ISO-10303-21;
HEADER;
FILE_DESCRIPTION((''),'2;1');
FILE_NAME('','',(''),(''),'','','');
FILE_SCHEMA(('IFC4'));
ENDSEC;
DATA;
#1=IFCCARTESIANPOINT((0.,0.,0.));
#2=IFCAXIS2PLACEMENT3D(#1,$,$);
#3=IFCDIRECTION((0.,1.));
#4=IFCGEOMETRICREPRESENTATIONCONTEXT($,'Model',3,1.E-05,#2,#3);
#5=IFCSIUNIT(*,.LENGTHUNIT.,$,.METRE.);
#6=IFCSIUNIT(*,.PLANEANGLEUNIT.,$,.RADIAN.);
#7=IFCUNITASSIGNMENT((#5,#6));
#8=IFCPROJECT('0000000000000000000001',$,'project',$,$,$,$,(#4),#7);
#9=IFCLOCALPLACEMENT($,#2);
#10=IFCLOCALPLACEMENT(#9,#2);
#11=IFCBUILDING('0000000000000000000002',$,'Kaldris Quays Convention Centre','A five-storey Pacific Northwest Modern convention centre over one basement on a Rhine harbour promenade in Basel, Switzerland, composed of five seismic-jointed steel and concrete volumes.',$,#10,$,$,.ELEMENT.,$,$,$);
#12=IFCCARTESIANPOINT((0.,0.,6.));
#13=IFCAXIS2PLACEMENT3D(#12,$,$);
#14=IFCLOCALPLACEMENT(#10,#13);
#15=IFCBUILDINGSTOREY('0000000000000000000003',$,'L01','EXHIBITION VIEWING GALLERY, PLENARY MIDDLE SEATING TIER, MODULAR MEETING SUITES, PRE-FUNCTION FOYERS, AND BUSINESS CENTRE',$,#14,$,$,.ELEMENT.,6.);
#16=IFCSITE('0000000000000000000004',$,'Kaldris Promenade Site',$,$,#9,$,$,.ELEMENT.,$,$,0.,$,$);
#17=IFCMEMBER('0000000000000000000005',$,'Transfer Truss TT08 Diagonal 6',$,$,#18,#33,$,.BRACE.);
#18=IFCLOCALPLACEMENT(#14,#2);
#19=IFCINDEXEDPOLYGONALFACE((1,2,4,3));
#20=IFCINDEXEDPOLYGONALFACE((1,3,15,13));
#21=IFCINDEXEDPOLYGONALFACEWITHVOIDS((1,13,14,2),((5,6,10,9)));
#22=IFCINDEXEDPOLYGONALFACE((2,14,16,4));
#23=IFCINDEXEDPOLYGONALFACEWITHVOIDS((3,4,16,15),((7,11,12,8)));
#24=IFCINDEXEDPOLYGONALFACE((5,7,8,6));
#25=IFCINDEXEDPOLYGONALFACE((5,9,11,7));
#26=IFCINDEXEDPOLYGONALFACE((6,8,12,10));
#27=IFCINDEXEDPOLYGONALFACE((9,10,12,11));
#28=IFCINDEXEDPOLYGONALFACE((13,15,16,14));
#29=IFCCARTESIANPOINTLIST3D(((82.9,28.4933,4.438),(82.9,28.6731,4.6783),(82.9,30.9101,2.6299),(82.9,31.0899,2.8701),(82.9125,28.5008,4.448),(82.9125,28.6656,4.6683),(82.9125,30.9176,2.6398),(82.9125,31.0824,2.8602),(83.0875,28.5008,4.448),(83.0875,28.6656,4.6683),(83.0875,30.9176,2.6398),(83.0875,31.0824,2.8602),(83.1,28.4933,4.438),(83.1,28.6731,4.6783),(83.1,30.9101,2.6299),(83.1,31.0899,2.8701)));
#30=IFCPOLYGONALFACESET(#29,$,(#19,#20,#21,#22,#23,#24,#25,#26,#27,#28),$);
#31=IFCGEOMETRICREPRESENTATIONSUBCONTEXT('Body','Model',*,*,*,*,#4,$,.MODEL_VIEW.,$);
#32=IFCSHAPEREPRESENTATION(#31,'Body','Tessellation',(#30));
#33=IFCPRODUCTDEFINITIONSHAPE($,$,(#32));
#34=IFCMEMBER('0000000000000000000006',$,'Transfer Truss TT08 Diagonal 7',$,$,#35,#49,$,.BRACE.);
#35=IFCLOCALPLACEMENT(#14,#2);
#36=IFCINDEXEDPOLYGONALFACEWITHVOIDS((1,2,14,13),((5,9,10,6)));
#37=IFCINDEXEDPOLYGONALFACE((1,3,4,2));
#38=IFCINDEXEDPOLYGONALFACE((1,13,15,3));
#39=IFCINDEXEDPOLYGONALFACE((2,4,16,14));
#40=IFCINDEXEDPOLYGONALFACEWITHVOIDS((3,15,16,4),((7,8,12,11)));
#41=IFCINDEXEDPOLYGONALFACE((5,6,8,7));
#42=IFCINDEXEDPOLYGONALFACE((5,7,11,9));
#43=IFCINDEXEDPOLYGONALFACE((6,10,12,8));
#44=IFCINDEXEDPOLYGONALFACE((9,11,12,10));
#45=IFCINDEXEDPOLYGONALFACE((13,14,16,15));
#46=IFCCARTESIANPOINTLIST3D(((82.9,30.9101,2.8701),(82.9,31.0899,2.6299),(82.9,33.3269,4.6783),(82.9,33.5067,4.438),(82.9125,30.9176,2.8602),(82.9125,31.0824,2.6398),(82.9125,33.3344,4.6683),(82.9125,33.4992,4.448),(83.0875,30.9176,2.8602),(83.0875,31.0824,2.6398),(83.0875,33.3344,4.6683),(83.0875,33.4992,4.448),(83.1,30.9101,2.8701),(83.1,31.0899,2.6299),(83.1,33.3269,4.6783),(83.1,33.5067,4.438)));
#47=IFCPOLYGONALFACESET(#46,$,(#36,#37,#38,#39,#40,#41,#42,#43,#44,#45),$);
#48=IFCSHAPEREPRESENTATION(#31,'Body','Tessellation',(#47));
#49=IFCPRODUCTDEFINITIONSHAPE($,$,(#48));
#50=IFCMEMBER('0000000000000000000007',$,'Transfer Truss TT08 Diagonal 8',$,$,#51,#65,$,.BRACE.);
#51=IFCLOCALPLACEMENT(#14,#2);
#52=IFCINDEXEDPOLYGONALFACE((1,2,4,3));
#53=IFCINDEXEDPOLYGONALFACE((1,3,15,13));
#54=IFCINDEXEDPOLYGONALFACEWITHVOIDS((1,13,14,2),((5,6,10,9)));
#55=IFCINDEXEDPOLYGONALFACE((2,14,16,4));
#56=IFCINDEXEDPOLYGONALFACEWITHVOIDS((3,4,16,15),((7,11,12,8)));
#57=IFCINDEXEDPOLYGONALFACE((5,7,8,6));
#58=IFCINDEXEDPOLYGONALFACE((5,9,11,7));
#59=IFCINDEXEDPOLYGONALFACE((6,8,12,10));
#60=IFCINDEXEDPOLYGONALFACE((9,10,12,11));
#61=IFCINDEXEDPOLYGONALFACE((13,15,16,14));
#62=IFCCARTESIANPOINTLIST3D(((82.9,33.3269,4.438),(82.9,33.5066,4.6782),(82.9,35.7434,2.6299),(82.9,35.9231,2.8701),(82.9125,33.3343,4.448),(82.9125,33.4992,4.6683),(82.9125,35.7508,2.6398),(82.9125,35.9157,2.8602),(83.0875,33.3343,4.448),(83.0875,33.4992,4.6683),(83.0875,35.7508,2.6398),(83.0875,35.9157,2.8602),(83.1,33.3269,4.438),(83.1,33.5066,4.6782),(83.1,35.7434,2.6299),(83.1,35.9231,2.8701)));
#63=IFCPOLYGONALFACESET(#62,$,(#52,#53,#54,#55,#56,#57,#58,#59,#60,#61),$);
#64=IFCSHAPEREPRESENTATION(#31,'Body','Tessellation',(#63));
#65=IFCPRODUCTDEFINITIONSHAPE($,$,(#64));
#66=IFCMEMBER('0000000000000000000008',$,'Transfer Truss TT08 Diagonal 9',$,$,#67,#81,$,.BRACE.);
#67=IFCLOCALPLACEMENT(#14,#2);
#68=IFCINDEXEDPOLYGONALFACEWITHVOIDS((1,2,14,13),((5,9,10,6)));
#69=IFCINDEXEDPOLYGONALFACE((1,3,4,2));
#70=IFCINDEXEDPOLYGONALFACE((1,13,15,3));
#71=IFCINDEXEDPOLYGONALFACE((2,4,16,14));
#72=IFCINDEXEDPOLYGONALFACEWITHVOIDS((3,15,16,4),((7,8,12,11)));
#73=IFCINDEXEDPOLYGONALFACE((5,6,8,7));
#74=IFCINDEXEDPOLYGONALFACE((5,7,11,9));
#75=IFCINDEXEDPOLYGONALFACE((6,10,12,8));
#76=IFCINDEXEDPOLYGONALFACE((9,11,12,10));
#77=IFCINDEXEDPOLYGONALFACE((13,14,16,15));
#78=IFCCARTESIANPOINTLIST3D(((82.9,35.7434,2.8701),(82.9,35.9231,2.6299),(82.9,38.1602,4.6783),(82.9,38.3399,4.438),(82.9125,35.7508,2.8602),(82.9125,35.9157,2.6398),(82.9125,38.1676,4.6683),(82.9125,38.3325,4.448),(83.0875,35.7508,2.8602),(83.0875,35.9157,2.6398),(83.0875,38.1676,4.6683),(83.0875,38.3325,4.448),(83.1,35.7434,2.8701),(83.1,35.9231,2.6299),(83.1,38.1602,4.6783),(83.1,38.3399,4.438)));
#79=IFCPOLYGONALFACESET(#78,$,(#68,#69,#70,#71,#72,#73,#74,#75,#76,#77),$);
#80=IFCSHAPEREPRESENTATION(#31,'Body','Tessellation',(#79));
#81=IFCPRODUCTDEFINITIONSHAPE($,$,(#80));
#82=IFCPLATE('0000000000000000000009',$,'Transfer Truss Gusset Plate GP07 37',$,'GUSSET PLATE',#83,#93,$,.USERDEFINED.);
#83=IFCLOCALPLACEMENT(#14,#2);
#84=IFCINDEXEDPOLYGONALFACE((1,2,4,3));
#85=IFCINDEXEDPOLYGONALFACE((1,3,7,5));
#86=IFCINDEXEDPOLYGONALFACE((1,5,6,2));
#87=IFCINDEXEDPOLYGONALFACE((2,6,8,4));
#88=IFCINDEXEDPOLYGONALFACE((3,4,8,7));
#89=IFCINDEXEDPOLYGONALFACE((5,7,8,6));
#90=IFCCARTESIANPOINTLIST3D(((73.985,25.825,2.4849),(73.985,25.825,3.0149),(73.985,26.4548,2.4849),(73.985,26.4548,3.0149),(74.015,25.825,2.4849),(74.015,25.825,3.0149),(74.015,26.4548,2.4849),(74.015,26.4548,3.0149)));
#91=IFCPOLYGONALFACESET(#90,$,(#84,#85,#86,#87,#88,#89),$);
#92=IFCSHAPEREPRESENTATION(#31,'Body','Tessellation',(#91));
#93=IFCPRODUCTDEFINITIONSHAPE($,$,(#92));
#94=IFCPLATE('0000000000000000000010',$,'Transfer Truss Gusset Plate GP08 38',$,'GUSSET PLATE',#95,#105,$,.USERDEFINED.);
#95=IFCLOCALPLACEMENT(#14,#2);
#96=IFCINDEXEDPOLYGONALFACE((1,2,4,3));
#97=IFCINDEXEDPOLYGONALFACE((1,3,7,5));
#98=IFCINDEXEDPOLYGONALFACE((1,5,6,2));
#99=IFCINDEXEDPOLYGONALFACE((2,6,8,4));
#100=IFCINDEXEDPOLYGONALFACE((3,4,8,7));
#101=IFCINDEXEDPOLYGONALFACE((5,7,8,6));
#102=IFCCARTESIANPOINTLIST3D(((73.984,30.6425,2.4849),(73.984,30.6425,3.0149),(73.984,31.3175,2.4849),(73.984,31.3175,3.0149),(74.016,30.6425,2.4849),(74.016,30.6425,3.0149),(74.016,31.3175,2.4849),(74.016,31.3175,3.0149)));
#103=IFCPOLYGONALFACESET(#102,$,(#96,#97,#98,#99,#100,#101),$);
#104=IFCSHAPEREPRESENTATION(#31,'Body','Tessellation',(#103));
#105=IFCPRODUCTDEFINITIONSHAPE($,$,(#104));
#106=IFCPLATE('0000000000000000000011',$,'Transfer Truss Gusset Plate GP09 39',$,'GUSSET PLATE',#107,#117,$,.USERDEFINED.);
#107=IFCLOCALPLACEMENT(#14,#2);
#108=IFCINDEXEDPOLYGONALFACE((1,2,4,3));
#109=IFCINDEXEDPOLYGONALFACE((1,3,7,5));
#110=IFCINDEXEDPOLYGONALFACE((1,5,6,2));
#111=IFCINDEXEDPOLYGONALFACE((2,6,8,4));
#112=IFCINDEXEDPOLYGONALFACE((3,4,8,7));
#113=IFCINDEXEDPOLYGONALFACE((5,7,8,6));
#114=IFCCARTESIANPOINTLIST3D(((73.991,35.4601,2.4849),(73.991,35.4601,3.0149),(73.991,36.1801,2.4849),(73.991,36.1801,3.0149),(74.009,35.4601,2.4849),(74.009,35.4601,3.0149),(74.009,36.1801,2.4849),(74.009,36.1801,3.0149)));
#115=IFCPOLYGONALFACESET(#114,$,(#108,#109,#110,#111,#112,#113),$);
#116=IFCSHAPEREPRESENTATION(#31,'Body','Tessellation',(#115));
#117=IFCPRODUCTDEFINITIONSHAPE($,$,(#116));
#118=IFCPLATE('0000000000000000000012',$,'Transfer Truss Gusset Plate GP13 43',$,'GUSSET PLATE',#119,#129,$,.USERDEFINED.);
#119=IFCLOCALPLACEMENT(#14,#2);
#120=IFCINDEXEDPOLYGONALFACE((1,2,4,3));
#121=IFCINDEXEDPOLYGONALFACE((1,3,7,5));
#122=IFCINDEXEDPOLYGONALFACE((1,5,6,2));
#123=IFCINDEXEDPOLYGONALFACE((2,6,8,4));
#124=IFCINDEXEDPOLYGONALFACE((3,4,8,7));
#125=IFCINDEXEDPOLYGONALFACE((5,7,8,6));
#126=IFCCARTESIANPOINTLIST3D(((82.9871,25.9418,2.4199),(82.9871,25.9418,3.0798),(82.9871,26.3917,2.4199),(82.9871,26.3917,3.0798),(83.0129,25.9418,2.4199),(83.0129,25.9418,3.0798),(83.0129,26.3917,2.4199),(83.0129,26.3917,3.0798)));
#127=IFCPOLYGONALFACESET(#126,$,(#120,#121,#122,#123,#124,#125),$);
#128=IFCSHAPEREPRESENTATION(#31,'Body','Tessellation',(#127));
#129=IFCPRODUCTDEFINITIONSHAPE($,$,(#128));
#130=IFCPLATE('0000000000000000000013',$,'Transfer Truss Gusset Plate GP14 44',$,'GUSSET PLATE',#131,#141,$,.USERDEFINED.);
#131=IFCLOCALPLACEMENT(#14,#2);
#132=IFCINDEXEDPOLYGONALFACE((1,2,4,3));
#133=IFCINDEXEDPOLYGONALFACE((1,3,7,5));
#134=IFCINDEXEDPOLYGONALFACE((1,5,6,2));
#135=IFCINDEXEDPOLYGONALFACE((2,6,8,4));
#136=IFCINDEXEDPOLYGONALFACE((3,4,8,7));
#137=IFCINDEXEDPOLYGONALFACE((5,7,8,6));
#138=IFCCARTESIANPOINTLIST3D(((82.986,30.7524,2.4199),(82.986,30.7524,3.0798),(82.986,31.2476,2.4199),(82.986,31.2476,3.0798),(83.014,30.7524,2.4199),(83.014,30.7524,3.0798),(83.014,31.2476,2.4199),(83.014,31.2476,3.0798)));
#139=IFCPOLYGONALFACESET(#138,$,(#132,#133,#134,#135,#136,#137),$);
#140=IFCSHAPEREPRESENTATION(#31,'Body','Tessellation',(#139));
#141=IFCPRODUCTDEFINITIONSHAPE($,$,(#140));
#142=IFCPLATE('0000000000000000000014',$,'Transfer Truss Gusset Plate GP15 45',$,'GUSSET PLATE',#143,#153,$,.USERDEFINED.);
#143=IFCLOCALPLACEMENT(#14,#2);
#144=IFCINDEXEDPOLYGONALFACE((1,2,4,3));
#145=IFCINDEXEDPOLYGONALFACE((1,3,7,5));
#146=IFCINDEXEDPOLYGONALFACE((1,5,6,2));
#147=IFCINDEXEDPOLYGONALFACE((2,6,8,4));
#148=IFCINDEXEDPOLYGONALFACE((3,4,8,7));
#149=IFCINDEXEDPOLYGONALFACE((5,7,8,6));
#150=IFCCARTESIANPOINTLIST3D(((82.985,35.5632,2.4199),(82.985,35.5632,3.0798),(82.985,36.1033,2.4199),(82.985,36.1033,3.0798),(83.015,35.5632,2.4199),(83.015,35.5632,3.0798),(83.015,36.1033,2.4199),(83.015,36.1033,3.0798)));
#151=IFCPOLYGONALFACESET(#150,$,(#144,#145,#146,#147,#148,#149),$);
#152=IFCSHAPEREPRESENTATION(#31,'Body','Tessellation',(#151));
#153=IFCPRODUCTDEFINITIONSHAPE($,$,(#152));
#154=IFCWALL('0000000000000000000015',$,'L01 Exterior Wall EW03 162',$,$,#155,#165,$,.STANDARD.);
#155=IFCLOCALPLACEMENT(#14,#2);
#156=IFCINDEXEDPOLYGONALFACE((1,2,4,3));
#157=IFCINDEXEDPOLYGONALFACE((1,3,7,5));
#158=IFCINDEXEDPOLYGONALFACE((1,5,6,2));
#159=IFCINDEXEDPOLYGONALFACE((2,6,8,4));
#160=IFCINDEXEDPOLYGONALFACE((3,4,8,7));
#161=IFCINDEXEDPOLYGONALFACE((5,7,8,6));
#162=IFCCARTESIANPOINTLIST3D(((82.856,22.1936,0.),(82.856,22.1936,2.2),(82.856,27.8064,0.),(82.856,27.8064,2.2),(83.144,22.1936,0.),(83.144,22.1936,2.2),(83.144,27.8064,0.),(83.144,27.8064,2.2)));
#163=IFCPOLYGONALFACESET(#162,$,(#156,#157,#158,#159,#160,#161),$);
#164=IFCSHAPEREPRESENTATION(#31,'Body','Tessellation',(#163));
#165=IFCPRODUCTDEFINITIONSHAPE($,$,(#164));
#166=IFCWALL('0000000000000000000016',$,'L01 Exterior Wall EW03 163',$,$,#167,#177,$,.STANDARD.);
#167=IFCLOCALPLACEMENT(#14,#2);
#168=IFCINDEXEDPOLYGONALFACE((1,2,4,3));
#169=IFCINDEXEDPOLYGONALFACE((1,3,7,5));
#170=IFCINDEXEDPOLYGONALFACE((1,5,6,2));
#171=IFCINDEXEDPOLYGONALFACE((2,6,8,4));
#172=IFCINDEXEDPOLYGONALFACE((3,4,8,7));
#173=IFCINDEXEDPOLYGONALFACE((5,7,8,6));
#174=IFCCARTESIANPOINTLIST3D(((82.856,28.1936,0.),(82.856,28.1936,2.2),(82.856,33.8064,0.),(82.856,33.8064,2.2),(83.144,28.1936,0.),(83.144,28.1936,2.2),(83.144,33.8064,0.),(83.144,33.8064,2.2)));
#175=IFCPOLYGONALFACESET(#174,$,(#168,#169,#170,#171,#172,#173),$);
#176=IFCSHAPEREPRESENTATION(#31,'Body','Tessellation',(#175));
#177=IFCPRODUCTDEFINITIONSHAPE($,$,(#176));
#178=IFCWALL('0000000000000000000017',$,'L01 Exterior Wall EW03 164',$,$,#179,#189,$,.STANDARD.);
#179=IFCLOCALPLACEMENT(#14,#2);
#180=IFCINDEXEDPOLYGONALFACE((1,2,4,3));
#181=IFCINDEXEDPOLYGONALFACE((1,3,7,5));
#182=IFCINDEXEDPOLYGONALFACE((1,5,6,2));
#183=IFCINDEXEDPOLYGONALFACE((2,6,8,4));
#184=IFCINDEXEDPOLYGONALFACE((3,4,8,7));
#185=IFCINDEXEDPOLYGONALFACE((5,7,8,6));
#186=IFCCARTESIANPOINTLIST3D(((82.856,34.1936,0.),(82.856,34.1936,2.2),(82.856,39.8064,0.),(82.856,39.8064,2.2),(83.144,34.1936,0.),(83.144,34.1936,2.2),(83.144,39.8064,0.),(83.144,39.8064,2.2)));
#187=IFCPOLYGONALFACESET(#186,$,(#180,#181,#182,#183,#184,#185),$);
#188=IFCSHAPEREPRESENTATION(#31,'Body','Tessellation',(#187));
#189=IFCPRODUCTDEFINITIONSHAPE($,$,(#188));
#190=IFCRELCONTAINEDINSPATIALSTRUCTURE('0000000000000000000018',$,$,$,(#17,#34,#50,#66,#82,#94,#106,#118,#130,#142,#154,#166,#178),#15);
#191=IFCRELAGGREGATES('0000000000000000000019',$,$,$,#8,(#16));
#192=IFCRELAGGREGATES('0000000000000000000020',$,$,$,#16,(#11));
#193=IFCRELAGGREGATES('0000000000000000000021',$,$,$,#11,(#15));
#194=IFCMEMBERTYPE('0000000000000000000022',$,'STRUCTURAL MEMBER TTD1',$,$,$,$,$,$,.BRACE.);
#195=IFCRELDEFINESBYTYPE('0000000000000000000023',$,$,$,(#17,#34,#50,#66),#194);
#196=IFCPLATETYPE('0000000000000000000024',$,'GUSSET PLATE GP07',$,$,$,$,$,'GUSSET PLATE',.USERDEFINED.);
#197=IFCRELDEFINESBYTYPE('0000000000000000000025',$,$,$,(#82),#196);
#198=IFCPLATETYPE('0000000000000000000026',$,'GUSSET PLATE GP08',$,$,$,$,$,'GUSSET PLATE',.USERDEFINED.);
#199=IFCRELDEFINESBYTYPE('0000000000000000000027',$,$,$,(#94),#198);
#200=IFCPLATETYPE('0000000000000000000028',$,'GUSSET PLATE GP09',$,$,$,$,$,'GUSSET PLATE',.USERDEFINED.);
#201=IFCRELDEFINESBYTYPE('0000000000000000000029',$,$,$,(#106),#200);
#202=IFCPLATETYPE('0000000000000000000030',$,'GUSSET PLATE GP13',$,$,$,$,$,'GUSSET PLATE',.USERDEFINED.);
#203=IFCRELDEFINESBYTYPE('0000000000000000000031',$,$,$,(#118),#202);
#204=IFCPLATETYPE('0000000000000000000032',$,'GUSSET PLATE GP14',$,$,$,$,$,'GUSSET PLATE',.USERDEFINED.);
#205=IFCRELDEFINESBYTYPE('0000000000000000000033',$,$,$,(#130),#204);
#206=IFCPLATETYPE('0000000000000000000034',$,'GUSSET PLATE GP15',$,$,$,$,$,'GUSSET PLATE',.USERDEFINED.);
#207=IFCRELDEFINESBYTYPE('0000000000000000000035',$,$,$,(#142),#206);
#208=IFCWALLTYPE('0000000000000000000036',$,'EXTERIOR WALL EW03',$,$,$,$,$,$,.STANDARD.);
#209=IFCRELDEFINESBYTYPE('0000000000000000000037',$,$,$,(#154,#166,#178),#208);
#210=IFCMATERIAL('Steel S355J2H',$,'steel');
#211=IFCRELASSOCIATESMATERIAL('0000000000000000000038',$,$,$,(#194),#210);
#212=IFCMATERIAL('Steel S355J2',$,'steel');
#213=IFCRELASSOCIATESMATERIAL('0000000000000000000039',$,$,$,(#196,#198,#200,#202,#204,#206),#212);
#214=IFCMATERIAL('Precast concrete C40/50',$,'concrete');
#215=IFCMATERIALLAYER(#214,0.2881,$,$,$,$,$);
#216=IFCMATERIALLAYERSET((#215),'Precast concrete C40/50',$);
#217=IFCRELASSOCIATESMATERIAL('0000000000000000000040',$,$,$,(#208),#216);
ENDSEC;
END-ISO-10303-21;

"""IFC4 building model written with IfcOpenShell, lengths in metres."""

from ifc_helpers import new_model, si_unit, direction, frame, frame_2d, origin, origin_2d, place, context, subcontext, project, spatial, rectangle, hollow_rectangle, extrude, material, layer, layer_set, material_profile, profile_set, type_object, element, save


model = new_model("IFC4")

# Units and contexts
model_context = context("Model", 3, precision=1e-05, world=origin(), true_north=direction((0.0, 1.0)))
body_context = subcontext(model_context, "Body", "Model", "MODEL_VIEW")
ifc_project = project(units=[si_unit("LENGTHUNIT", "METRE"), si_unit("PLANEANGLEUNIT", "RADIAN")], contexts=[model_context])

# Site, building, storey
site_placement = place(None, origin())
site = spatial("IfcSite", under=ifc_project, at=site_placement, Name="Kaldris Promenade Site", CompositionType="ELEMENT", RefElevation=0.0)
building_placement = place(site_placement, origin())
building = spatial("IfcBuilding", under=site, at=building_placement, Name="Kaldris Quays Convention Centre", Description="A five-storey Pacific Northwest Modern convention centre over one basement on a Rhine harbour promenade in Basel, Switzerland, composed of five seismic-jointed steel and concrete volumes.", CompositionType="ELEMENT")
storey_placement = place(building_placement, frame((0.0, 0.0, 6.0)))
storey = spatial("IfcBuildingStorey", under=building, at=storey_placement, Name="L01", Description="EXHIBITION VIEWING GALLERY, PLENARY MIDDLE SEATING TIER, MODULAR MEETING SUITES, PRE-FUNCTION FOYERS, AND BUSINESS CENTRE", CompositionType="ELEMENT", Elevation=6.0)

# Shared definitions
ifc_material_1 = material(Name="Steel S355J2", Category="steel")

# Members
ifc_material_2 = material(Name="Steel S355J2H", Category="steel")
ifc_material_profile_1 = material_profile(ifc_material_2, hollow_rectangle(XDim=0.2, YDim=0.3, WallThickness=0.0125, at=origin_2d()), Name="RHS 300x200x12.5")
ifc_profile_set_1 = profile_set([ifc_material_profile_1], Name="Steel S355J2H")
member_type = type_object("IfcMemberType", Name="STRUCTURAL MEMBER TTD1", PredefinedType="BRACE", material=ifc_profile_set_1)
for number, where, z_axis, x_axis, name in (
    (1, (83.0, 31.0, 2.75), (0.0, -0.800708, 0.599055), (1.0, 0.0, 0.0), "Transfer Truss TT08 Diagonal 6"),
    (2, (83.0, 31.0, 2.75), (0.0, 0.800708, 0.599055), (-1.0, 0.0, 0.0), "Transfer Truss TT08 Diagonal 7"),
):
    element("IfcMember", number, at=place(storey_placement, frame(where, z_axis=z_axis, x_axis=x_axis)), inside=storey, type_object=member_type, Name=name, PredefinedType="BRACE", context=body_context, shape_type="SweptSolid", body=[
        extrude(hollow_rectangle(XDim=0.2, YDim=0.3, WallThickness=0.0125, at=origin_2d()), origin(), (0.0, 0.0, 1.0), 3.0183),
    ])
member_1_placement = place(storey_placement, frame((83.0, 35.8333, 2.75), z_axis=(0.0, -0.800679, 0.599094), x_axis=(1.0, 0.0, 0.0)))
element("IfcMember", 3, at=member_1_placement, inside=storey, type_object=member_type, Name="Transfer Truss TT08 Diagonal 8", PredefinedType="BRACE", context=body_context, shape_type="SweptSolid", body=[
    extrude(hollow_rectangle(XDim=0.2, YDim=0.3, WallThickness=0.0125, at=origin_2d()), origin(), (0.0, 0.0, 1.0), 3.0181),
])
member_2_placement = place(storey_placement, frame((83.0, 35.8333, 2.75), z_axis=(0.0, 0.800708, 0.599055), x_axis=(-1.0, 0.0, 0.0)))
element("IfcMember", 4, at=member_2_placement, inside=storey, type_object=member_type, Name="Transfer Truss TT08 Diagonal 9", PredefinedType="BRACE", context=body_context, shape_type="SweptSolid", body=[
    extrude(hollow_rectangle(XDim=0.2, YDim=0.3, WallThickness=0.0125, at=origin_2d()), origin(), (0.0, 0.0, 1.0), 3.0183),
])

# Plates
plate_type_1 = type_object("IfcPlateType", Name="GUSSET PLATE GP07", ElementType="GUSSET PLATE", PredefinedType="USERDEFINED", material=ifc_material_1)
plate_1_placement = place(storey_placement, frame((74.0, 26.1399, 2.4849), z_axis=(0.0, 0.0, 1.0), x_axis=(1.0, 0.0, 0.0)))
element("IfcPlate", 5, at=plate_1_placement, inside=storey, type_object=plate_type_1, Name="Transfer Truss Gusset Plate GP07 37", ObjectType="GUSSET PLATE", PredefinedType="USERDEFINED", context=body_context, shape_type="SweptSolid", body=[
    extrude(rectangle(XDim=0.03, YDim=0.6299, at=origin_2d()), origin(), (0.0, 0.0, 1.0), 0.53),
])
plate_type_2 = type_object("IfcPlateType", Name="GUSSET PLATE GP08", ElementType="GUSSET PLATE", PredefinedType="USERDEFINED", material=ifc_material_1)
plate_2_placement = place(storey_placement, frame((74.0, 30.98, 2.4849), z_axis=(0.0, 0.0, 1.0), x_axis=(1.0, 0.0, 0.0)))
element("IfcPlate", 6, at=plate_2_placement, inside=storey, type_object=plate_type_2, Name="Transfer Truss Gusset Plate GP08 38", ObjectType="GUSSET PLATE", PredefinedType="USERDEFINED", context=body_context, shape_type="SweptSolid", body=[
    extrude(rectangle(XDim=0.032, YDim=0.675, at=origin_2d()), origin(), (0.0, 0.0, 1.0), 0.53),
])
plate_type_3 = type_object("IfcPlateType", Name="GUSSET PLATE GP09", ElementType="GUSSET PLATE", PredefinedType="USERDEFINED", material=ifc_material_1)
plate_3_placement = place(storey_placement, frame((74.0, 35.8201, 2.4849), z_axis=(0.0, 0.0, 1.0), x_axis=(1.0, 0.0, 0.0)))
element("IfcPlate", 7, at=plate_3_placement, inside=storey, type_object=plate_type_3, Name="Transfer Truss Gusset Plate GP09 39", ObjectType="GUSSET PLATE", PredefinedType="USERDEFINED", context=body_context, shape_type="SweptSolid", body=[
    extrude(rectangle(XDim=0.0181, YDim=0.72, at=origin_2d()), origin(), (0.0, 0.0, 1.0), 0.53),
])
plate_type_4 = type_object("IfcPlateType", Name="GUSSET PLATE GP13", ElementType="GUSSET PLATE", PredefinedType="USERDEFINED", material=ifc_material_1)
plate_4_placement = place(storey_placement, frame((83.0, 26.1667, 2.4199), z_axis=(0.0, 0.0, 1.0), x_axis=(1.0, 0.0, 0.0)))
element("IfcPlate", 8, at=plate_4_placement, inside=storey, type_object=plate_type_4, Name="Transfer Truss Gusset Plate GP13 43", ObjectType="GUSSET PLATE", PredefinedType="USERDEFINED", context=body_context, shape_type="SweptSolid", body=[
    extrude(rectangle(XDim=0.0259, YDim=0.45, at=origin_2d()), origin(), (0.0, 0.0, 1.0), 0.6599),
])
plate_type_5 = type_object("IfcPlateType", Name="GUSSET PLATE GP14", ElementType="GUSSET PLATE", PredefinedType="USERDEFINED", material=ifc_material_1)
plate_5_placement = place(storey_placement, frame((83.0, 31.0, 2.4199), z_axis=(0.0, 0.0, 1.0), x_axis=(1.0, 0.0, 0.0)))
element("IfcPlate", 9, at=plate_5_placement, inside=storey, type_object=plate_type_5, Name="Transfer Truss Gusset Plate GP14 44", ObjectType="GUSSET PLATE", PredefinedType="USERDEFINED", context=body_context, shape_type="SweptSolid", body=[
    extrude(rectangle(XDim=0.0281, YDim=0.4951, at=origin_2d()), origin(), (0.0, 0.0, 1.0), 0.6599),
])
plate_type_6 = type_object("IfcPlateType", Name="GUSSET PLATE GP15", ElementType="GUSSET PLATE", PredefinedType="USERDEFINED", material=ifc_material_1)
plate_6_placement = place(storey_placement, frame((83.0, 35.8333, 2.4199), z_axis=(0.0, 0.0, 1.0), x_axis=(1.0, 0.0, 0.0)))
element("IfcPlate", 10, at=plate_6_placement, inside=storey, type_object=plate_type_6, Name="Transfer Truss Gusset Plate GP15 45", ObjectType="GUSSET PLATE", PredefinedType="USERDEFINED", context=body_context, shape_type="SweptSolid", body=[
    extrude(rectangle(XDim=0.03, YDim=0.54, at=origin_2d()), origin(), (0.0, 0.0, 1.0), 0.6599),
])

# Walls
ifc_material_3 = material(Name="Precast concrete C40/50", Category="concrete")
ifc_layer = layer(ifc_material_3, 0.2881)
ifc_layer_set = layer_set([ifc_layer], Name="Precast concrete C40/50")
wall_type = type_object("IfcWallType", Name="EXTERIOR WALL EW03", PredefinedType="STANDARD", material=ifc_layer_set)
for number, where, z_axis, x_axis, name in (
    (11, (83.0, 22.1936, 0.0), (0.0, 0.0, 1.0), (0.0, 1.0, 0.0), "L01 Exterior Wall EW03 162"),
    (12, (83.0, 28.1936, 0.0), (0.0, 0.0, 1.0), (0.0, 1.0, 0.0), "L01 Exterior Wall EW03 163"),
    (13, (83.0, 34.1936, 0.0), (0.0, 0.0, 1.0), (0.0, 1.0, 0.0), "L01 Exterior Wall EW03 164"),
):
    element("IfcWall", number, at=place(storey_placement, frame(where, z_axis=z_axis, x_axis=x_axis)), inside=storey, type_object=wall_type, Name=name, PredefinedType="STANDARD", context=body_context, shape_type="SweptSolid", body=[
        extrude(rectangle(XDim=5.6128, YDim=0.2881, at=frame_2d((2.8064, 0.0))), origin(), (0.0, 0.0, 1.0), 2.2),
    ])

save(model, "model.ifc")
